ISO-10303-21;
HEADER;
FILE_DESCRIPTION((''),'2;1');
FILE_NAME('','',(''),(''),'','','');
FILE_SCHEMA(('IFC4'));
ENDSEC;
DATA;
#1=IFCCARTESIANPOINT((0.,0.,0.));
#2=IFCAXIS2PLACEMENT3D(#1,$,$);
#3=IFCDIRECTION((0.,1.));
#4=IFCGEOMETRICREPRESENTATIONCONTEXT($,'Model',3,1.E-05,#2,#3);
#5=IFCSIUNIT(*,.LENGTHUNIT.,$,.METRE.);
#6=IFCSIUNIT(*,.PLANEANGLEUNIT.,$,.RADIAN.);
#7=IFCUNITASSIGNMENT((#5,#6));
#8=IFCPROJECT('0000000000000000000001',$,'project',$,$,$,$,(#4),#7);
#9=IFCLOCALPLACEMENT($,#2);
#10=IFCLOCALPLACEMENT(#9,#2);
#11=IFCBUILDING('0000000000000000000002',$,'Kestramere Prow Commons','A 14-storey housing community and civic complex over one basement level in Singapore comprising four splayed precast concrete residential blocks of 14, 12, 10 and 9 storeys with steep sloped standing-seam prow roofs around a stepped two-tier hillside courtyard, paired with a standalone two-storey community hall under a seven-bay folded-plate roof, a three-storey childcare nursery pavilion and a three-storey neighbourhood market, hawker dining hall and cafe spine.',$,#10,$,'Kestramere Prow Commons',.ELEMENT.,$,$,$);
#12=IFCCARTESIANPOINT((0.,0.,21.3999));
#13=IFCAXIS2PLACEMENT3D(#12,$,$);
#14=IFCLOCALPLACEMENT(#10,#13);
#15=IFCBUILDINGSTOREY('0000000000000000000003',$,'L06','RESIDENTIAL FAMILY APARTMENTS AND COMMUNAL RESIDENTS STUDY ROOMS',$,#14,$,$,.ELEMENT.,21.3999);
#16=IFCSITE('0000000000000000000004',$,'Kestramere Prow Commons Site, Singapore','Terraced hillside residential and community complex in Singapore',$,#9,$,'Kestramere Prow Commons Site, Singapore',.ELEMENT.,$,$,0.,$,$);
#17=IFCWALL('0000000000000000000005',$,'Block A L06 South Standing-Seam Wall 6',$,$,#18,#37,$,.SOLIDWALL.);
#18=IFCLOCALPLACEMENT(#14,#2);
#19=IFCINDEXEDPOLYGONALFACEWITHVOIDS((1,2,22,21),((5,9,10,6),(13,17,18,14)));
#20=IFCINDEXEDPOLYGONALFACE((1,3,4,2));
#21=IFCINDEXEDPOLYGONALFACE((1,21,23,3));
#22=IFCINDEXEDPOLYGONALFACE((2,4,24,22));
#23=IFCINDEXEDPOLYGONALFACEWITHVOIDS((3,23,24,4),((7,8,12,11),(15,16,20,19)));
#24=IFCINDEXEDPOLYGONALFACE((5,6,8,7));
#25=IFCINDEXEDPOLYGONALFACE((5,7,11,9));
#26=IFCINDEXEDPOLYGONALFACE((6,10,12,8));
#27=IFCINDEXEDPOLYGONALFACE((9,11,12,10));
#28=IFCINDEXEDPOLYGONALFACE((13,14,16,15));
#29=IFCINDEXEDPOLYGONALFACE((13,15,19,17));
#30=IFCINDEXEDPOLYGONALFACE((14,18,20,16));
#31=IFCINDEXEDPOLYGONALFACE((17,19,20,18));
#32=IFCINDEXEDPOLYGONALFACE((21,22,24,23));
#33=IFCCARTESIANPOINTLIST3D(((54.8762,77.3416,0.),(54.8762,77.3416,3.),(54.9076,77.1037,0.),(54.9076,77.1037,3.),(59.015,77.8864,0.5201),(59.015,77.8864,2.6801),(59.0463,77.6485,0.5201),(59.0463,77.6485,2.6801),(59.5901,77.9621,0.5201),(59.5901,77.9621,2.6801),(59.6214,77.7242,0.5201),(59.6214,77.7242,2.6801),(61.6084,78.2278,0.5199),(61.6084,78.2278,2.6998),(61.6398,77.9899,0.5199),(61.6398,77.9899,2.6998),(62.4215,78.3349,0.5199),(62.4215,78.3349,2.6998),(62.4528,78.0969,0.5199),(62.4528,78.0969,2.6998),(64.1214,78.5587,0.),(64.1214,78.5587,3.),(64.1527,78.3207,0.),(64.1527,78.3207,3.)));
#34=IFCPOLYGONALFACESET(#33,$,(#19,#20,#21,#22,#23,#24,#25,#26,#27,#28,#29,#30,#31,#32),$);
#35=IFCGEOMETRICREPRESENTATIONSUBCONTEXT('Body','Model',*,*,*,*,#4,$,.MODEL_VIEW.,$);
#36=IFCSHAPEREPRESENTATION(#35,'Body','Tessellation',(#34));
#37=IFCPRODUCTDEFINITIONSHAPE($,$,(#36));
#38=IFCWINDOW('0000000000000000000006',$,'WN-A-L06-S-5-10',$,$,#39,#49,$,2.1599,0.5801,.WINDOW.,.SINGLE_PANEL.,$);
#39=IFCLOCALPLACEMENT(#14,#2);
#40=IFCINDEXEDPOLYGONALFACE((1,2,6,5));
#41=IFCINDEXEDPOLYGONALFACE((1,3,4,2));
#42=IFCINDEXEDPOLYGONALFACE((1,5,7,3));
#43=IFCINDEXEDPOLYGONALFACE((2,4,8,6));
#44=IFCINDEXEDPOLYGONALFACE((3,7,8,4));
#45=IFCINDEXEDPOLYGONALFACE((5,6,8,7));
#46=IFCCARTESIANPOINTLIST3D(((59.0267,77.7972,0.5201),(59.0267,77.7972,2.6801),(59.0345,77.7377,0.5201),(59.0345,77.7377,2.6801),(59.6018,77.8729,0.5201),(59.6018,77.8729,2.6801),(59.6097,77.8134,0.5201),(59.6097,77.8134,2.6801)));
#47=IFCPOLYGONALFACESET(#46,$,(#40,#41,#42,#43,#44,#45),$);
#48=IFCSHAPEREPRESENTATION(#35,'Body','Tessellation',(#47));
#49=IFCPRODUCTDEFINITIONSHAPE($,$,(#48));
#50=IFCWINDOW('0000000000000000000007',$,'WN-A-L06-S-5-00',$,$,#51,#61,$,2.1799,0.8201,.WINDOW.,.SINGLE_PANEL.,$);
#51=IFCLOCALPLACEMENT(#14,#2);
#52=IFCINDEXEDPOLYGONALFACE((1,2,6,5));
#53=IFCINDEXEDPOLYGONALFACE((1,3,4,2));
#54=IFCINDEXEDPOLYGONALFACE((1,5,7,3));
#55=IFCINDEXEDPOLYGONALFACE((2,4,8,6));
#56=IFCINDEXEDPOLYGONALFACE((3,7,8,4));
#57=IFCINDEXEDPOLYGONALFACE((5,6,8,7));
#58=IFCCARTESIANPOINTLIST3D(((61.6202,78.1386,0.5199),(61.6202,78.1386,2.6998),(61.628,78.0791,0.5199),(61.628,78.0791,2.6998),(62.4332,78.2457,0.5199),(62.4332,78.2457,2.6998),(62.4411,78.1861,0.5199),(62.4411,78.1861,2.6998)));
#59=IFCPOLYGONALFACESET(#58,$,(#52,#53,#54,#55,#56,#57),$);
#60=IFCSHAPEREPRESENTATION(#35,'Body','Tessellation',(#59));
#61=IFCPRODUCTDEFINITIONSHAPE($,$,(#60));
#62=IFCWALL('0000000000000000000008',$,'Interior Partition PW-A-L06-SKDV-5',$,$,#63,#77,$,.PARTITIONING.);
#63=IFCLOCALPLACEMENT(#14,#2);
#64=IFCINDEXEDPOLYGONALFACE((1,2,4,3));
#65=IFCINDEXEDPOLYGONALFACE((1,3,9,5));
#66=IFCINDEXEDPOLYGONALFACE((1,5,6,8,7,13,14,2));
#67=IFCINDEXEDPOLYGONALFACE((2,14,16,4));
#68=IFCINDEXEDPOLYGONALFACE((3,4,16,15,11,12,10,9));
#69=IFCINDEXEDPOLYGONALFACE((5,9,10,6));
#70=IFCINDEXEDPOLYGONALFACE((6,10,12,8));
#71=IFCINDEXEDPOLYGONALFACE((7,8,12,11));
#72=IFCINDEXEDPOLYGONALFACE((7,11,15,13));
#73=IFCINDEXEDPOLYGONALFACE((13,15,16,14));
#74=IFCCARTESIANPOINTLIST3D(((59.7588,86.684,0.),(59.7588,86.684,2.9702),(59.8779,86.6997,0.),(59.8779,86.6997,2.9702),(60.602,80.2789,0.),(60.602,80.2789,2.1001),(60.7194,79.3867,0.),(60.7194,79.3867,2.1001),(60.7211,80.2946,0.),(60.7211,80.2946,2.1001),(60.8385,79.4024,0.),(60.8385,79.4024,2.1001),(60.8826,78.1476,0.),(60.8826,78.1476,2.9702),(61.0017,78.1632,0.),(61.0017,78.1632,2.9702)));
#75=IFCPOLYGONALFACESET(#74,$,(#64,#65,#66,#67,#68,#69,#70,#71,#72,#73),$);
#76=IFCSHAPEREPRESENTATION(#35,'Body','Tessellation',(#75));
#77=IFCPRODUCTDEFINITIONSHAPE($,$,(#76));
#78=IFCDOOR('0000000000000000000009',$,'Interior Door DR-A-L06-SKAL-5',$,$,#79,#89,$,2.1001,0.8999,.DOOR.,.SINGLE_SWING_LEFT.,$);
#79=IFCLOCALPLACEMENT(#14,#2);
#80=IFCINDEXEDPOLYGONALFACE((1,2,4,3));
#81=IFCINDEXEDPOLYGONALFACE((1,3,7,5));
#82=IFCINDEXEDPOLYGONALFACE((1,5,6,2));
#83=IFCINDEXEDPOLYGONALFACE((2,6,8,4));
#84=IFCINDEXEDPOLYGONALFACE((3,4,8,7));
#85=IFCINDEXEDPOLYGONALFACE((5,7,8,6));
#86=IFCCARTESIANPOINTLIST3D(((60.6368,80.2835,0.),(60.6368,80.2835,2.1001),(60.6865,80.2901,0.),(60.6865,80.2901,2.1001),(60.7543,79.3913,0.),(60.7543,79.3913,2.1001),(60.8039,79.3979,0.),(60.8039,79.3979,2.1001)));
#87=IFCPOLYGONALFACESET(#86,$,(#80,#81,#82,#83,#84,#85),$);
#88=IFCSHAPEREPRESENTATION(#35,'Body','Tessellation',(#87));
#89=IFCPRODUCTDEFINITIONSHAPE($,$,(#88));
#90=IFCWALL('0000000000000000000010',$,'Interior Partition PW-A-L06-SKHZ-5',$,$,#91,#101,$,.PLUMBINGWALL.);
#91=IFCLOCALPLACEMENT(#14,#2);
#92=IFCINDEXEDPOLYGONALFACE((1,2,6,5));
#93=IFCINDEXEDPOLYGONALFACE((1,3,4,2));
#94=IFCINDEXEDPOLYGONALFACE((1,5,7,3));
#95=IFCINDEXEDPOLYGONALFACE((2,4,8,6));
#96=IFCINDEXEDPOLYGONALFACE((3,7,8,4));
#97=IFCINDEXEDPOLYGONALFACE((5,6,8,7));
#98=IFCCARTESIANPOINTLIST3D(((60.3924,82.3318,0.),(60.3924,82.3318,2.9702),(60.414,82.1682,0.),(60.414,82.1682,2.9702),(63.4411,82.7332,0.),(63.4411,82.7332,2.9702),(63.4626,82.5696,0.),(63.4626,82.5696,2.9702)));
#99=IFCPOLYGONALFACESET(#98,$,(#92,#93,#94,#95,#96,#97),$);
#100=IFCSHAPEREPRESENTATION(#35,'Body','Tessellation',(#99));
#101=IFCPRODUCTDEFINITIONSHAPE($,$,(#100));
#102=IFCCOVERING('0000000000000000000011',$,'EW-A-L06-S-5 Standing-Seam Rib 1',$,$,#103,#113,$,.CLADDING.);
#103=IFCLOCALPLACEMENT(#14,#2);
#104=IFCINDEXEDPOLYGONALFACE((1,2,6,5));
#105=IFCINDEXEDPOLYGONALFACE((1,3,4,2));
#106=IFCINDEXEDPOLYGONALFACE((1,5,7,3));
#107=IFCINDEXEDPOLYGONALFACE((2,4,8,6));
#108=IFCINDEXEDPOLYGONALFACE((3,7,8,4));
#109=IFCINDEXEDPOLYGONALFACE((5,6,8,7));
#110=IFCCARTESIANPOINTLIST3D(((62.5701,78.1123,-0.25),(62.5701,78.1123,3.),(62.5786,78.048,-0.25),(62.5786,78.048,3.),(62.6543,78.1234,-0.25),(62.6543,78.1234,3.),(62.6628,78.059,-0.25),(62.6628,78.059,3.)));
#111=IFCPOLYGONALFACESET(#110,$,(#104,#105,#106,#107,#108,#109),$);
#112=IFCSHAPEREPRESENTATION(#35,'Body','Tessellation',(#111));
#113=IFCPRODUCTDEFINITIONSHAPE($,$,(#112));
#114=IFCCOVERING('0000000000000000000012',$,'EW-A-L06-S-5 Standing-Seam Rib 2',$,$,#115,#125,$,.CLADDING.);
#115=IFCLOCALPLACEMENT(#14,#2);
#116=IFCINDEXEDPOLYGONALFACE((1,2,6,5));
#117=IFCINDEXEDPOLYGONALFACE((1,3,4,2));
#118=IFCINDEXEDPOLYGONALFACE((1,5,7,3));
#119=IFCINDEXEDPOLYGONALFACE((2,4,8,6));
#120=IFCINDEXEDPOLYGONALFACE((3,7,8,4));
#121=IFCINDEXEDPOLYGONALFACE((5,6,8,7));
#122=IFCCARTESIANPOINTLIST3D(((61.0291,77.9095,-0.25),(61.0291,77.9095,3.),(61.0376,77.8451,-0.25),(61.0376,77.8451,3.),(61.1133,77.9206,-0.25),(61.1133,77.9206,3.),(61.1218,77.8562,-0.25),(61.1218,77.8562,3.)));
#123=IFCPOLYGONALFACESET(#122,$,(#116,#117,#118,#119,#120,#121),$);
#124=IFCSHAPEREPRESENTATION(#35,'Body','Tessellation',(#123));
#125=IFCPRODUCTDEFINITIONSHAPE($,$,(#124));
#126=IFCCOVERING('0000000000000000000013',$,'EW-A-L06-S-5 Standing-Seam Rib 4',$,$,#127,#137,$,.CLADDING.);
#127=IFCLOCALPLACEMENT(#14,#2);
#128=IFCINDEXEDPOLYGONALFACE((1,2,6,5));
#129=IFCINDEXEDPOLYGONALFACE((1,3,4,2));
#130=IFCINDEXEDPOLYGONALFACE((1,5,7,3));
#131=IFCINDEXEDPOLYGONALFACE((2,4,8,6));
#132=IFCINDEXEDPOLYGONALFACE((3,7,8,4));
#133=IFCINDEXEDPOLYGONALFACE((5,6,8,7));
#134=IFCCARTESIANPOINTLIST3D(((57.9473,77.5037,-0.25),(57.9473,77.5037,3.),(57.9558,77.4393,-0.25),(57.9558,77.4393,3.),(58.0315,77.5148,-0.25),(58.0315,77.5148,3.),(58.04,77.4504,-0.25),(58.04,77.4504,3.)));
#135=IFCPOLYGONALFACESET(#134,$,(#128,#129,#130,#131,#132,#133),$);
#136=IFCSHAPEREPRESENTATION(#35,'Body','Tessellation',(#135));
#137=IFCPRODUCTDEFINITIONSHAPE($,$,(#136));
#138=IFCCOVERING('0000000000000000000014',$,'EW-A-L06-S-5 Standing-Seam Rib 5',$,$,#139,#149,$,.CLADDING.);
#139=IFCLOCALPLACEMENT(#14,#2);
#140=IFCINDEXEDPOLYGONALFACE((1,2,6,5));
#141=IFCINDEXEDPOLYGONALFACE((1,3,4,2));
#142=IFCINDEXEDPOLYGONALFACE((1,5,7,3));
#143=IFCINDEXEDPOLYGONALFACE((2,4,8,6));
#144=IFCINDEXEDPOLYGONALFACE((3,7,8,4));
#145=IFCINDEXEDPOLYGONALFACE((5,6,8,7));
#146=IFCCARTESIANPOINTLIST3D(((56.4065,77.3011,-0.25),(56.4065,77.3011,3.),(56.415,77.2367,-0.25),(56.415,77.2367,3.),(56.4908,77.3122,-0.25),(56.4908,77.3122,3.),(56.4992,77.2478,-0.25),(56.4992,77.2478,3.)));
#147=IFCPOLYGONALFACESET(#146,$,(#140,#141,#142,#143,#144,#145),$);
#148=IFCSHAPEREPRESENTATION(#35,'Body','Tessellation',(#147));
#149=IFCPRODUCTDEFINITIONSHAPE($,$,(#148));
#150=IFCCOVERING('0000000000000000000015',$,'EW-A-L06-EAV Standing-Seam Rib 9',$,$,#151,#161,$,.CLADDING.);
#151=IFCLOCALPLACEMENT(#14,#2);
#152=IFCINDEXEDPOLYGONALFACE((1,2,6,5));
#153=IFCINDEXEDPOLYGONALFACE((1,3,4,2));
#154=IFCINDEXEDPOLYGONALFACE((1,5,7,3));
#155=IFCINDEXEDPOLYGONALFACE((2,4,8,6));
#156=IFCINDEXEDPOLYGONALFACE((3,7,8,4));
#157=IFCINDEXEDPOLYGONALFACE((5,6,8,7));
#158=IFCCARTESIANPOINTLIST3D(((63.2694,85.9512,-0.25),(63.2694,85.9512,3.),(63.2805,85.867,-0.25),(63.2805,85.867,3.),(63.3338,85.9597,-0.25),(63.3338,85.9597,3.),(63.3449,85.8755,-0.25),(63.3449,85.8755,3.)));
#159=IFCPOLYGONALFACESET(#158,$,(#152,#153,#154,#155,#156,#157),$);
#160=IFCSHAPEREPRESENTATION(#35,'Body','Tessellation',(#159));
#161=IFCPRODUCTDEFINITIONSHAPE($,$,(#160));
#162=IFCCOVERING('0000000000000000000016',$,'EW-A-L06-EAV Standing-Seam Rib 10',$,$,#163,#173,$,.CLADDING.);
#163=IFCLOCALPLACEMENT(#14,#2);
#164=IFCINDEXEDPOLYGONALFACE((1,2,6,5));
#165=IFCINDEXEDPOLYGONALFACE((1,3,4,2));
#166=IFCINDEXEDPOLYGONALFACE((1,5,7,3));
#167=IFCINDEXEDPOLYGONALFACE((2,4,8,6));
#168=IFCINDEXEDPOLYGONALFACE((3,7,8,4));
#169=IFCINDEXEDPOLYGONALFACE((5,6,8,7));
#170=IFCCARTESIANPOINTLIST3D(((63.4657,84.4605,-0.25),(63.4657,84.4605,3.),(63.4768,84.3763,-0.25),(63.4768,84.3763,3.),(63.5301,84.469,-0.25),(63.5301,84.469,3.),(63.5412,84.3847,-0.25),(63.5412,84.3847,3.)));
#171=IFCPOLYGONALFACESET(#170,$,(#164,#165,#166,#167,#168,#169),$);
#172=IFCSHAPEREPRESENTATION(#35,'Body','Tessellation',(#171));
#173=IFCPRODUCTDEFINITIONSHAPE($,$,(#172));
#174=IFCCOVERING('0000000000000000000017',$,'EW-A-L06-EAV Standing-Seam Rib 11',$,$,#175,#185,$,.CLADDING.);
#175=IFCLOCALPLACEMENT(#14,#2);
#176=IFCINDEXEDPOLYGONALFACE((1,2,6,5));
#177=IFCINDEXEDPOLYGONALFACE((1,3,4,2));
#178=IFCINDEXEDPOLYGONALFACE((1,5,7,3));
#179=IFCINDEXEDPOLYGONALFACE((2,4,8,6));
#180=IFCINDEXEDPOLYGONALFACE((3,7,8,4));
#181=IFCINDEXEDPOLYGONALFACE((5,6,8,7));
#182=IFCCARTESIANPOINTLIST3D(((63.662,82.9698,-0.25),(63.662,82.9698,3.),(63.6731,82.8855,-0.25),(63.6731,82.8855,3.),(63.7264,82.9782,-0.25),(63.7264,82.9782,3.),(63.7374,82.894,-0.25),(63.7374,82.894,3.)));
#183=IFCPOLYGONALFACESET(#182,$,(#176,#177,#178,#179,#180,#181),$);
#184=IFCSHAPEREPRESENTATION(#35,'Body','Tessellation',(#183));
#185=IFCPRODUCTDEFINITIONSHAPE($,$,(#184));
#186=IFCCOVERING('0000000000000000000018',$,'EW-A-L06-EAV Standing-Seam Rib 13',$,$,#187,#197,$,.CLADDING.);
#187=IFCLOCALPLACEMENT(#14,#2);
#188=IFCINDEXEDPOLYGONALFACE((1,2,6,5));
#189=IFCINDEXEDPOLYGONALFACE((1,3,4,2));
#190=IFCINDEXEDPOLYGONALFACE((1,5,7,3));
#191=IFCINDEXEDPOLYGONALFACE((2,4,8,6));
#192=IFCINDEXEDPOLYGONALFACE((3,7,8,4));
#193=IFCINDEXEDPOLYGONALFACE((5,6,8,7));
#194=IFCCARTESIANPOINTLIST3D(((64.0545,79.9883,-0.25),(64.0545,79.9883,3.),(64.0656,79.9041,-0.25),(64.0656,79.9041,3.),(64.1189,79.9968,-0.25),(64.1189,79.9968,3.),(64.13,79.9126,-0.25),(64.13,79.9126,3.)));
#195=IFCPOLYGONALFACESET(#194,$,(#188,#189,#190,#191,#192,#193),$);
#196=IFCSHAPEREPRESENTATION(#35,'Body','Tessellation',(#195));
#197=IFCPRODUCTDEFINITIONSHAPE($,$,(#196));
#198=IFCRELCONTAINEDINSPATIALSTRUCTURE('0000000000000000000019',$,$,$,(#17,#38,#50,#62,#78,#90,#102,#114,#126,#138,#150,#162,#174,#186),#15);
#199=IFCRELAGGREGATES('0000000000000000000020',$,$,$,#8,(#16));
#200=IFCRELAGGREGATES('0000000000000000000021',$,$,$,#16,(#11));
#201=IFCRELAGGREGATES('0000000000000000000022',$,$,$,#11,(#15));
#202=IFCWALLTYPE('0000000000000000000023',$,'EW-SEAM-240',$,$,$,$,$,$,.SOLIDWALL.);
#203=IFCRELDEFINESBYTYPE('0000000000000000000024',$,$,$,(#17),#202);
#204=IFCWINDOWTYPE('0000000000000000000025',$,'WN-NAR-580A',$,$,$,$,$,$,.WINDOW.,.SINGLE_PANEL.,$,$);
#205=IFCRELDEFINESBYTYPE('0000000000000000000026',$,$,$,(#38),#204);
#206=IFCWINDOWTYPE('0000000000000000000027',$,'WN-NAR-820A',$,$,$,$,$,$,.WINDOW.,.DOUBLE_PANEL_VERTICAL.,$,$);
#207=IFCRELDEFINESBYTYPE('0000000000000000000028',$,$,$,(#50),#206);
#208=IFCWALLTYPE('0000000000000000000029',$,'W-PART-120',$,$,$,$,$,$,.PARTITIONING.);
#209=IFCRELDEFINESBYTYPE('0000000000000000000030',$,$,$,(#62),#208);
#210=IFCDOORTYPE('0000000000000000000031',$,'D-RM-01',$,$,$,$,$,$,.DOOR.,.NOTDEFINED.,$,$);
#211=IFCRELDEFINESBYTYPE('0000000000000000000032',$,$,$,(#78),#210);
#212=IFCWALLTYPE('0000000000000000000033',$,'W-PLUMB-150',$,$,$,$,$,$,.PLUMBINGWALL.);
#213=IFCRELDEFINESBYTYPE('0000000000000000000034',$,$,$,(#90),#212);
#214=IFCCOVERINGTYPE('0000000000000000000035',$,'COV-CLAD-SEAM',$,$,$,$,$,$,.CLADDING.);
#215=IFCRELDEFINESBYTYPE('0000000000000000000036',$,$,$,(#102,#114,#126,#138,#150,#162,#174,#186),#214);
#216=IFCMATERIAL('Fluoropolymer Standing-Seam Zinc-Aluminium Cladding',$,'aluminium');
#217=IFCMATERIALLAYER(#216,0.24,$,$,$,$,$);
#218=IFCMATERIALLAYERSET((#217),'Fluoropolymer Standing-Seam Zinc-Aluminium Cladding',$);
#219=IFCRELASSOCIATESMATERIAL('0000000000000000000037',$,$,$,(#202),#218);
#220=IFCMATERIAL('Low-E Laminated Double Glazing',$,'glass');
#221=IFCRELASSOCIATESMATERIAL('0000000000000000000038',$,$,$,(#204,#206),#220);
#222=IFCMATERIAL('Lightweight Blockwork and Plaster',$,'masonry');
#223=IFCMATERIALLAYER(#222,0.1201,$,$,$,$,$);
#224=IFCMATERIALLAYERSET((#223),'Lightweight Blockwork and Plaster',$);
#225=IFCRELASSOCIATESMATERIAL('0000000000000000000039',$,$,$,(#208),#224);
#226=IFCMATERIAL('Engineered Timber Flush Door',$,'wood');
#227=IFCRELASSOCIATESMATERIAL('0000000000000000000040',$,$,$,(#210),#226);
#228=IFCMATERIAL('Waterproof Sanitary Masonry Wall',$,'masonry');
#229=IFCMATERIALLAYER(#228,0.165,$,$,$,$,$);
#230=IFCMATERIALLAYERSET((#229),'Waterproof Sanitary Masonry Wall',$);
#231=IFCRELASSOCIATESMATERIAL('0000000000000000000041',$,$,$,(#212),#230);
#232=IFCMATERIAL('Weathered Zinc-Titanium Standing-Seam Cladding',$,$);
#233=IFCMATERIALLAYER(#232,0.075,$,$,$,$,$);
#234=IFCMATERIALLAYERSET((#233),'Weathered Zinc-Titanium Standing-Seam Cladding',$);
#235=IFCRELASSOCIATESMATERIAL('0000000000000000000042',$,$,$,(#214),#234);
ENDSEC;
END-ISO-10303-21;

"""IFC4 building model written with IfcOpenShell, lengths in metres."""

from ifc_helpers import new_model, si_unit, direction, frame, frame_2d, origin, origin_2d, place, context, subcontext, project, spatial, rectangle, extrude, material, layer, layer_set, type_object, element, fill, save


model = new_model("IFC4")

# Units and contexts
model_context = context("Model", 3, precision=1e-05, world=origin(), true_north=direction((0.0, 1.0)))
body_context = subcontext(model_context, "Body", "Model", "MODEL_VIEW")
ifc_project = project(units=[si_unit("LENGTHUNIT", "METRE"), si_unit("PLANEANGLEUNIT", "RADIAN")], contexts=[model_context])

# Site, building, storey
site_placement = place(None, origin())
site = spatial("IfcSite", under=ifc_project, at=site_placement, Name="Kestramere Prow Commons Site, Singapore", Description="Terraced hillside residential and community complex in Singapore", LongName="Kestramere Prow Commons Site, Singapore", CompositionType="ELEMENT", RefElevation=0.0)
building_placement = place(site_placement, origin())
building = spatial("IfcBuilding", under=site, at=building_placement, Name="Kestramere Prow Commons", Description="A 14-storey housing community and civic complex over one basement level in Singapore comprising four splayed precast concrete residential blocks of 14, 12, 10 and 9 storeys with steep sloped standing-seam prow roofs around a stepped two-tier hillside courtyard, paired with a standalone two-storey community hall under a seven-bay folded-plate roof, a three-storey childcare nursery pavilion and a three-storey neighbourhood market, hawker dining hall and cafe spine.", LongName="Kestramere Prow Commons", CompositionType="ELEMENT")
storey_placement = place(building_placement, frame((0.0, 0.0, 21.3999)))
storey = spatial("IfcBuildingStorey", under=building, at=storey_placement, Name="L06", Description="RESIDENTIAL FAMILY APARTMENTS AND COMMUNAL RESIDENTS STUDY ROOMS", CompositionType="ELEMENT", Elevation=21.3999)

# Wall, openings, windows
ifc_material_1 = material(Name="Fluoropolymer Standing-Seam Zinc-Aluminium Cladding", Category="aluminium")
ifc_layer_1 = layer(ifc_material_1, 0.24)
ifc_layer_set_1 = layer_set([ifc_layer_1], Name="Fluoropolymer Standing-Seam Zinc-Aluminium Cladding")
wall_type_1 = type_object("IfcWallType", Name="EW-SEAM-240", PredefinedType="SOLIDWALL", material=ifc_layer_set_1)
ifc_material_2 = material(Name="Low-E Laminated Double Glazing", Category="glass")
wall_1_placement = place(storey_placement, frame((64.1372, 78.4397, 0.0), z_axis=(0.0, 0.0, 1.0), x_axis=(-0.991446, -0.130515, 0.0)))
wall_1 = element("IfcWall", 1, at=wall_1_placement, inside=storey, type_object=wall_type_1, Name="Block A L06 South Standing-Seam Wall 6", PredefinedType="SOLIDWALL", context=body_context, shape_type="SweptSolid", body=[
    extrude(rectangle(XDim=9.325, YDim=0.24, at=frame_2d((4.6626, 0.0))), origin(), (0.0, 0.0, 1.0), 3.0),
])
opening_1_placement = place(wall_1_placement, frame((1.7146, 0.0, 0.52)))
opening_1 = element("IfcOpeningElement", 2, at=opening_1_placement, cuts=wall_1, PredefinedType="OPENING", context=body_context, shape_type="SweptSolid", body=[
    extrude(rectangle(XDim=0.8201, YDim=2.1799, at=frame_2d((0.4102, 1.0898))), frame((0.0, 0.135, 0.0), z_axis=(0.0, -1.0, 0.0), x_axis=(1.0, 0.0, 0.0)), (0.0, 0.0, 1.0), 0.27),
])
opening_2_placement = place(wall_1_placement, frame((4.5706, 0.0, 0.52)))
opening_2 = element("IfcOpeningElement", 3, at=opening_2_placement, cuts=wall_1, PredefinedType="OPENING", context=body_context, shape_type="SweptSolid", body=[
    extrude(rectangle(XDim=0.5801, YDim=2.1599, at=frame_2d((0.29, 1.0801))), frame((0.0, 0.135, 0.0), z_axis=(0.0, -1.0, 0.0), x_axis=(1.0, 0.0, 0.0)), (0.0, 0.0, 1.0), 0.27),
])
window_type_1 = type_object("IfcWindowType", Name="WN-NAR-580A", PartitioningType="SINGLE_PANEL", PredefinedType="WINDOW", material=ifc_material_2)
window_1_placement = place(opening_2_placement, origin())
window_1 = element("IfcWindow", 4, at=window_1_placement, inside=storey, type_object=window_type_1, Name="WN-A-L06-S-5-10", OverallHeight=2.1599, OverallWidth=0.5801, PartitioningType="SINGLE_PANEL", PredefinedType="WINDOW", context=body_context, shape_type="SweptSolid", body=[
    extrude(rectangle(XDim=0.5801, YDim=2.1599, at=frame_2d((0.29, 1.0801))), frame((0.0, 0.03, 0.0), z_axis=(0.0, -1.0, 0.0), x_axis=(1.0, 0.0, 0.0)), (0.0, 0.0, 1.0), 0.0601),
])
fill(opening_2, window_1)
window_type_2 = type_object("IfcWindowType", Name="WN-NAR-820A", PartitioningType="DOUBLE_PANEL_VERTICAL", PredefinedType="WINDOW", material=ifc_material_2)
window_2_placement = place(opening_1_placement, origin())
window_2 = element("IfcWindow", 5, at=window_2_placement, inside=storey, type_object=window_type_2, Name="WN-A-L06-S-5-00", OverallHeight=2.1799, OverallWidth=0.8201, PartitioningType="SINGLE_PANEL", PredefinedType="WINDOW", context=body_context, shape_type="SweptSolid", body=[
    extrude(rectangle(XDim=0.8201, YDim=2.1799, at=frame_2d((0.4102, 1.0898))), frame((0.0, 0.03, 0.0), z_axis=(0.0, -1.0, 0.0), x_axis=(1.0, 0.0, 0.0)), (0.0, 0.0, 1.0), 0.0601),
])
fill(opening_1, window_2)

# Wall, opening, door
ifc_material_3 = material(Name="Lightweight Blockwork and Plaster", Category="masonry")
ifc_layer_2 = layer(ifc_material_3, 0.1201)
ifc_layer_set_2 = layer_set([ifc_layer_2], Name="Lightweight Blockwork and Plaster")
wall_type_2 = type_object("IfcWallType", Name="W-PART-120", PredefinedType="PARTITIONING", material=ifc_layer_set_2)
wall_2_placement = place(storey_placement, frame((60.9421, 78.1553, 0.0), z_axis=(0.0, 0.0, 1.0), x_axis=(-0.13052, 0.991446, 0.0)))
wall_2 = element("IfcWall", 6, at=wall_2_placement, inside=storey, type_object=wall_type_2, Name="Interior Partition PW-A-L06-SKDV-5", PredefinedType="PARTITIONING", context=body_context, shape_type="SweptSolid", body=[
    extrude(rectangle(XDim=8.6101, YDim=0.1201, at=frame_2d((4.3052, 0.0))), origin(), (0.0, 0.0, 1.0), 2.9702),
])
opening_3_placement = place(wall_2_placement, frame((1.25, 0.0, 0.0)))
opening_3 = element("IfcOpeningElement", 7, at=opening_3_placement, cuts=wall_2, PredefinedType="OPENING", context=body_context, shape_type="SweptSolid", body=[
    extrude(rectangle(XDim=0.8999, YDim=2.1001, at=frame_2d((0.45, 1.05))), frame((0.0, 0.075, 0.0), z_axis=(0.0, -1.0, 0.0), x_axis=(1.0, 0.0, 0.0)), (0.0, 0.0, 1.0), 0.1501),
])
ifc_material_4 = material(Name="Engineered Timber Flush Door", Category="wood")
door_type_1 = type_object("IfcDoorType", Name="D-RM-01", OperationType="NOTDEFINED", PredefinedType="DOOR", material=ifc_material_4)
door_1_placement = place(opening_3_placement, origin())
door_1 = element("IfcDoor", 8, at=door_1_placement, inside=storey, type_object=door_type_1, Name="Interior Door DR-A-L06-SKAL-5", OperationType="SINGLE_SWING_LEFT", OverallHeight=2.1001, OverallWidth=0.8999, PredefinedType="DOOR", context=body_context, shape_type="SweptSolid", body=[
    extrude(rectangle(XDim=0.8999, YDim=2.1001, at=frame_2d((0.45, 1.05))), frame((0.0, 0.0249, 0.0), z_axis=(0.0, -1.0, 0.0), x_axis=(1.0, 0.0, 0.0)), (0.0, 0.0, 1.0), 0.05),
])
fill(opening_3, door_1)
ifc_material_5 = material(Name="Waterproof Sanitary Masonry Wall", Category="masonry")
ifc_layer_3 = layer(ifc_material_5, 0.165)
ifc_layer_set_3 = layer_set([ifc_layer_3], Name="Waterproof Sanitary Masonry Wall")
wall_type_3 = type_object("IfcWallType", Name="W-PLUMB-150", PredefinedType="PLUMBINGWALL", material=ifc_layer_set_3)

# Wall
wall_3_placement = place(storey_placement, frame((60.4031, 82.25, 0.0), z_axis=(0.0, 0.0, 1.0), x_axis=(0.991444, 0.130531, 0.0)))
element("IfcWall", 9, at=wall_3_placement, inside=storey, type_object=wall_type_3, Name="Interior Partition PW-A-L06-SKHZ-5", PredefinedType="PLUMBINGWALL", context=body_context, shape_type="SweptSolid", body=[
    extrude(rectangle(XDim=3.075, YDim=0.165, at=frame_2d((1.5376, 0.0))), origin(), (0.0, 0.0, 1.0), 2.9702),
])

# Coverings
ifc_material_6 = material(Name="Weathered Zinc-Titanium Standing-Seam Cladding")
ifc_layer_4 = layer(ifc_material_6, 0.075)
ifc_layer_set_4 = layer_set([ifc_layer_4], Name="Weathered Zinc-Titanium Standing-Seam Cladding")
covering_type = type_object("IfcCoveringType", Name="COV-CLAD-SEAM", PredefinedType="CLADDING", material=ifc_layer_set_4)
for number, where, z_axis, x_axis, name in (
    (10, (62.6165, 78.0857, -0.25), (0.0, 0.0, 1.0), (-0.991445, -0.130526, 0.0), "EW-A-L06-S-5 Standing-Seam Rib 1"),
    (11, (61.0754, 77.8828, -0.25), (0.0, 0.0, 1.0), (-0.991445, -0.130526, 0.0), "EW-A-L06-S-5 Standing-Seam Rib 2"),
    (12, (57.9937, 77.4771, -0.25), (0.0, 0.0, 1.0), (-0.991445, -0.130526, 0.0), "EW-A-L06-S-5 Standing-Seam Rib 4"),
    (13, (56.4529, 77.2744, -0.25), (0.0, 0.0, 1.0), (-0.991445, -0.130526, 0.0), "EW-A-L06-S-5 Standing-Seam Rib 5"),
    (14, (63.3071, 85.9133, -0.25), (0.0, 0.0, 1.0), (0.130526, -0.991445, 0.0), "EW-A-L06-EAV Standing-Seam Rib 9"),
    (15, (63.5034, 84.4226, -0.25), (0.0, 0.0, 1.0), (0.130526, -0.991445, 0.0), "EW-A-L06-EAV Standing-Seam Rib 10"),
    (16, (63.6997, 82.9319, -0.25), (0.0, 0.0, 1.0), (0.130526, -0.991445, 0.0), "EW-A-L06-EAV Standing-Seam Rib 11"),
    (17, (64.0923, 79.9504, -0.25), (0.0, 0.0, 1.0), (0.130526, -0.991445, 0.0), "EW-A-L06-EAV Standing-Seam Rib 13"),
):
    element("IfcCovering", number, at=place(storey_placement, frame(where, z_axis=z_axis, x_axis=x_axis)), inside=storey, type_object=covering_type, Name=name, PredefinedType="CLADDING", context=body_context, shape_type="SweptSolid", body=[
        extrude(rectangle(XDim=0.085, YDim=0.0649, at=origin_2d()), origin(), (0.0, 0.0, 1.0), 3.25),
    ])

save(model, "model.ifc")
